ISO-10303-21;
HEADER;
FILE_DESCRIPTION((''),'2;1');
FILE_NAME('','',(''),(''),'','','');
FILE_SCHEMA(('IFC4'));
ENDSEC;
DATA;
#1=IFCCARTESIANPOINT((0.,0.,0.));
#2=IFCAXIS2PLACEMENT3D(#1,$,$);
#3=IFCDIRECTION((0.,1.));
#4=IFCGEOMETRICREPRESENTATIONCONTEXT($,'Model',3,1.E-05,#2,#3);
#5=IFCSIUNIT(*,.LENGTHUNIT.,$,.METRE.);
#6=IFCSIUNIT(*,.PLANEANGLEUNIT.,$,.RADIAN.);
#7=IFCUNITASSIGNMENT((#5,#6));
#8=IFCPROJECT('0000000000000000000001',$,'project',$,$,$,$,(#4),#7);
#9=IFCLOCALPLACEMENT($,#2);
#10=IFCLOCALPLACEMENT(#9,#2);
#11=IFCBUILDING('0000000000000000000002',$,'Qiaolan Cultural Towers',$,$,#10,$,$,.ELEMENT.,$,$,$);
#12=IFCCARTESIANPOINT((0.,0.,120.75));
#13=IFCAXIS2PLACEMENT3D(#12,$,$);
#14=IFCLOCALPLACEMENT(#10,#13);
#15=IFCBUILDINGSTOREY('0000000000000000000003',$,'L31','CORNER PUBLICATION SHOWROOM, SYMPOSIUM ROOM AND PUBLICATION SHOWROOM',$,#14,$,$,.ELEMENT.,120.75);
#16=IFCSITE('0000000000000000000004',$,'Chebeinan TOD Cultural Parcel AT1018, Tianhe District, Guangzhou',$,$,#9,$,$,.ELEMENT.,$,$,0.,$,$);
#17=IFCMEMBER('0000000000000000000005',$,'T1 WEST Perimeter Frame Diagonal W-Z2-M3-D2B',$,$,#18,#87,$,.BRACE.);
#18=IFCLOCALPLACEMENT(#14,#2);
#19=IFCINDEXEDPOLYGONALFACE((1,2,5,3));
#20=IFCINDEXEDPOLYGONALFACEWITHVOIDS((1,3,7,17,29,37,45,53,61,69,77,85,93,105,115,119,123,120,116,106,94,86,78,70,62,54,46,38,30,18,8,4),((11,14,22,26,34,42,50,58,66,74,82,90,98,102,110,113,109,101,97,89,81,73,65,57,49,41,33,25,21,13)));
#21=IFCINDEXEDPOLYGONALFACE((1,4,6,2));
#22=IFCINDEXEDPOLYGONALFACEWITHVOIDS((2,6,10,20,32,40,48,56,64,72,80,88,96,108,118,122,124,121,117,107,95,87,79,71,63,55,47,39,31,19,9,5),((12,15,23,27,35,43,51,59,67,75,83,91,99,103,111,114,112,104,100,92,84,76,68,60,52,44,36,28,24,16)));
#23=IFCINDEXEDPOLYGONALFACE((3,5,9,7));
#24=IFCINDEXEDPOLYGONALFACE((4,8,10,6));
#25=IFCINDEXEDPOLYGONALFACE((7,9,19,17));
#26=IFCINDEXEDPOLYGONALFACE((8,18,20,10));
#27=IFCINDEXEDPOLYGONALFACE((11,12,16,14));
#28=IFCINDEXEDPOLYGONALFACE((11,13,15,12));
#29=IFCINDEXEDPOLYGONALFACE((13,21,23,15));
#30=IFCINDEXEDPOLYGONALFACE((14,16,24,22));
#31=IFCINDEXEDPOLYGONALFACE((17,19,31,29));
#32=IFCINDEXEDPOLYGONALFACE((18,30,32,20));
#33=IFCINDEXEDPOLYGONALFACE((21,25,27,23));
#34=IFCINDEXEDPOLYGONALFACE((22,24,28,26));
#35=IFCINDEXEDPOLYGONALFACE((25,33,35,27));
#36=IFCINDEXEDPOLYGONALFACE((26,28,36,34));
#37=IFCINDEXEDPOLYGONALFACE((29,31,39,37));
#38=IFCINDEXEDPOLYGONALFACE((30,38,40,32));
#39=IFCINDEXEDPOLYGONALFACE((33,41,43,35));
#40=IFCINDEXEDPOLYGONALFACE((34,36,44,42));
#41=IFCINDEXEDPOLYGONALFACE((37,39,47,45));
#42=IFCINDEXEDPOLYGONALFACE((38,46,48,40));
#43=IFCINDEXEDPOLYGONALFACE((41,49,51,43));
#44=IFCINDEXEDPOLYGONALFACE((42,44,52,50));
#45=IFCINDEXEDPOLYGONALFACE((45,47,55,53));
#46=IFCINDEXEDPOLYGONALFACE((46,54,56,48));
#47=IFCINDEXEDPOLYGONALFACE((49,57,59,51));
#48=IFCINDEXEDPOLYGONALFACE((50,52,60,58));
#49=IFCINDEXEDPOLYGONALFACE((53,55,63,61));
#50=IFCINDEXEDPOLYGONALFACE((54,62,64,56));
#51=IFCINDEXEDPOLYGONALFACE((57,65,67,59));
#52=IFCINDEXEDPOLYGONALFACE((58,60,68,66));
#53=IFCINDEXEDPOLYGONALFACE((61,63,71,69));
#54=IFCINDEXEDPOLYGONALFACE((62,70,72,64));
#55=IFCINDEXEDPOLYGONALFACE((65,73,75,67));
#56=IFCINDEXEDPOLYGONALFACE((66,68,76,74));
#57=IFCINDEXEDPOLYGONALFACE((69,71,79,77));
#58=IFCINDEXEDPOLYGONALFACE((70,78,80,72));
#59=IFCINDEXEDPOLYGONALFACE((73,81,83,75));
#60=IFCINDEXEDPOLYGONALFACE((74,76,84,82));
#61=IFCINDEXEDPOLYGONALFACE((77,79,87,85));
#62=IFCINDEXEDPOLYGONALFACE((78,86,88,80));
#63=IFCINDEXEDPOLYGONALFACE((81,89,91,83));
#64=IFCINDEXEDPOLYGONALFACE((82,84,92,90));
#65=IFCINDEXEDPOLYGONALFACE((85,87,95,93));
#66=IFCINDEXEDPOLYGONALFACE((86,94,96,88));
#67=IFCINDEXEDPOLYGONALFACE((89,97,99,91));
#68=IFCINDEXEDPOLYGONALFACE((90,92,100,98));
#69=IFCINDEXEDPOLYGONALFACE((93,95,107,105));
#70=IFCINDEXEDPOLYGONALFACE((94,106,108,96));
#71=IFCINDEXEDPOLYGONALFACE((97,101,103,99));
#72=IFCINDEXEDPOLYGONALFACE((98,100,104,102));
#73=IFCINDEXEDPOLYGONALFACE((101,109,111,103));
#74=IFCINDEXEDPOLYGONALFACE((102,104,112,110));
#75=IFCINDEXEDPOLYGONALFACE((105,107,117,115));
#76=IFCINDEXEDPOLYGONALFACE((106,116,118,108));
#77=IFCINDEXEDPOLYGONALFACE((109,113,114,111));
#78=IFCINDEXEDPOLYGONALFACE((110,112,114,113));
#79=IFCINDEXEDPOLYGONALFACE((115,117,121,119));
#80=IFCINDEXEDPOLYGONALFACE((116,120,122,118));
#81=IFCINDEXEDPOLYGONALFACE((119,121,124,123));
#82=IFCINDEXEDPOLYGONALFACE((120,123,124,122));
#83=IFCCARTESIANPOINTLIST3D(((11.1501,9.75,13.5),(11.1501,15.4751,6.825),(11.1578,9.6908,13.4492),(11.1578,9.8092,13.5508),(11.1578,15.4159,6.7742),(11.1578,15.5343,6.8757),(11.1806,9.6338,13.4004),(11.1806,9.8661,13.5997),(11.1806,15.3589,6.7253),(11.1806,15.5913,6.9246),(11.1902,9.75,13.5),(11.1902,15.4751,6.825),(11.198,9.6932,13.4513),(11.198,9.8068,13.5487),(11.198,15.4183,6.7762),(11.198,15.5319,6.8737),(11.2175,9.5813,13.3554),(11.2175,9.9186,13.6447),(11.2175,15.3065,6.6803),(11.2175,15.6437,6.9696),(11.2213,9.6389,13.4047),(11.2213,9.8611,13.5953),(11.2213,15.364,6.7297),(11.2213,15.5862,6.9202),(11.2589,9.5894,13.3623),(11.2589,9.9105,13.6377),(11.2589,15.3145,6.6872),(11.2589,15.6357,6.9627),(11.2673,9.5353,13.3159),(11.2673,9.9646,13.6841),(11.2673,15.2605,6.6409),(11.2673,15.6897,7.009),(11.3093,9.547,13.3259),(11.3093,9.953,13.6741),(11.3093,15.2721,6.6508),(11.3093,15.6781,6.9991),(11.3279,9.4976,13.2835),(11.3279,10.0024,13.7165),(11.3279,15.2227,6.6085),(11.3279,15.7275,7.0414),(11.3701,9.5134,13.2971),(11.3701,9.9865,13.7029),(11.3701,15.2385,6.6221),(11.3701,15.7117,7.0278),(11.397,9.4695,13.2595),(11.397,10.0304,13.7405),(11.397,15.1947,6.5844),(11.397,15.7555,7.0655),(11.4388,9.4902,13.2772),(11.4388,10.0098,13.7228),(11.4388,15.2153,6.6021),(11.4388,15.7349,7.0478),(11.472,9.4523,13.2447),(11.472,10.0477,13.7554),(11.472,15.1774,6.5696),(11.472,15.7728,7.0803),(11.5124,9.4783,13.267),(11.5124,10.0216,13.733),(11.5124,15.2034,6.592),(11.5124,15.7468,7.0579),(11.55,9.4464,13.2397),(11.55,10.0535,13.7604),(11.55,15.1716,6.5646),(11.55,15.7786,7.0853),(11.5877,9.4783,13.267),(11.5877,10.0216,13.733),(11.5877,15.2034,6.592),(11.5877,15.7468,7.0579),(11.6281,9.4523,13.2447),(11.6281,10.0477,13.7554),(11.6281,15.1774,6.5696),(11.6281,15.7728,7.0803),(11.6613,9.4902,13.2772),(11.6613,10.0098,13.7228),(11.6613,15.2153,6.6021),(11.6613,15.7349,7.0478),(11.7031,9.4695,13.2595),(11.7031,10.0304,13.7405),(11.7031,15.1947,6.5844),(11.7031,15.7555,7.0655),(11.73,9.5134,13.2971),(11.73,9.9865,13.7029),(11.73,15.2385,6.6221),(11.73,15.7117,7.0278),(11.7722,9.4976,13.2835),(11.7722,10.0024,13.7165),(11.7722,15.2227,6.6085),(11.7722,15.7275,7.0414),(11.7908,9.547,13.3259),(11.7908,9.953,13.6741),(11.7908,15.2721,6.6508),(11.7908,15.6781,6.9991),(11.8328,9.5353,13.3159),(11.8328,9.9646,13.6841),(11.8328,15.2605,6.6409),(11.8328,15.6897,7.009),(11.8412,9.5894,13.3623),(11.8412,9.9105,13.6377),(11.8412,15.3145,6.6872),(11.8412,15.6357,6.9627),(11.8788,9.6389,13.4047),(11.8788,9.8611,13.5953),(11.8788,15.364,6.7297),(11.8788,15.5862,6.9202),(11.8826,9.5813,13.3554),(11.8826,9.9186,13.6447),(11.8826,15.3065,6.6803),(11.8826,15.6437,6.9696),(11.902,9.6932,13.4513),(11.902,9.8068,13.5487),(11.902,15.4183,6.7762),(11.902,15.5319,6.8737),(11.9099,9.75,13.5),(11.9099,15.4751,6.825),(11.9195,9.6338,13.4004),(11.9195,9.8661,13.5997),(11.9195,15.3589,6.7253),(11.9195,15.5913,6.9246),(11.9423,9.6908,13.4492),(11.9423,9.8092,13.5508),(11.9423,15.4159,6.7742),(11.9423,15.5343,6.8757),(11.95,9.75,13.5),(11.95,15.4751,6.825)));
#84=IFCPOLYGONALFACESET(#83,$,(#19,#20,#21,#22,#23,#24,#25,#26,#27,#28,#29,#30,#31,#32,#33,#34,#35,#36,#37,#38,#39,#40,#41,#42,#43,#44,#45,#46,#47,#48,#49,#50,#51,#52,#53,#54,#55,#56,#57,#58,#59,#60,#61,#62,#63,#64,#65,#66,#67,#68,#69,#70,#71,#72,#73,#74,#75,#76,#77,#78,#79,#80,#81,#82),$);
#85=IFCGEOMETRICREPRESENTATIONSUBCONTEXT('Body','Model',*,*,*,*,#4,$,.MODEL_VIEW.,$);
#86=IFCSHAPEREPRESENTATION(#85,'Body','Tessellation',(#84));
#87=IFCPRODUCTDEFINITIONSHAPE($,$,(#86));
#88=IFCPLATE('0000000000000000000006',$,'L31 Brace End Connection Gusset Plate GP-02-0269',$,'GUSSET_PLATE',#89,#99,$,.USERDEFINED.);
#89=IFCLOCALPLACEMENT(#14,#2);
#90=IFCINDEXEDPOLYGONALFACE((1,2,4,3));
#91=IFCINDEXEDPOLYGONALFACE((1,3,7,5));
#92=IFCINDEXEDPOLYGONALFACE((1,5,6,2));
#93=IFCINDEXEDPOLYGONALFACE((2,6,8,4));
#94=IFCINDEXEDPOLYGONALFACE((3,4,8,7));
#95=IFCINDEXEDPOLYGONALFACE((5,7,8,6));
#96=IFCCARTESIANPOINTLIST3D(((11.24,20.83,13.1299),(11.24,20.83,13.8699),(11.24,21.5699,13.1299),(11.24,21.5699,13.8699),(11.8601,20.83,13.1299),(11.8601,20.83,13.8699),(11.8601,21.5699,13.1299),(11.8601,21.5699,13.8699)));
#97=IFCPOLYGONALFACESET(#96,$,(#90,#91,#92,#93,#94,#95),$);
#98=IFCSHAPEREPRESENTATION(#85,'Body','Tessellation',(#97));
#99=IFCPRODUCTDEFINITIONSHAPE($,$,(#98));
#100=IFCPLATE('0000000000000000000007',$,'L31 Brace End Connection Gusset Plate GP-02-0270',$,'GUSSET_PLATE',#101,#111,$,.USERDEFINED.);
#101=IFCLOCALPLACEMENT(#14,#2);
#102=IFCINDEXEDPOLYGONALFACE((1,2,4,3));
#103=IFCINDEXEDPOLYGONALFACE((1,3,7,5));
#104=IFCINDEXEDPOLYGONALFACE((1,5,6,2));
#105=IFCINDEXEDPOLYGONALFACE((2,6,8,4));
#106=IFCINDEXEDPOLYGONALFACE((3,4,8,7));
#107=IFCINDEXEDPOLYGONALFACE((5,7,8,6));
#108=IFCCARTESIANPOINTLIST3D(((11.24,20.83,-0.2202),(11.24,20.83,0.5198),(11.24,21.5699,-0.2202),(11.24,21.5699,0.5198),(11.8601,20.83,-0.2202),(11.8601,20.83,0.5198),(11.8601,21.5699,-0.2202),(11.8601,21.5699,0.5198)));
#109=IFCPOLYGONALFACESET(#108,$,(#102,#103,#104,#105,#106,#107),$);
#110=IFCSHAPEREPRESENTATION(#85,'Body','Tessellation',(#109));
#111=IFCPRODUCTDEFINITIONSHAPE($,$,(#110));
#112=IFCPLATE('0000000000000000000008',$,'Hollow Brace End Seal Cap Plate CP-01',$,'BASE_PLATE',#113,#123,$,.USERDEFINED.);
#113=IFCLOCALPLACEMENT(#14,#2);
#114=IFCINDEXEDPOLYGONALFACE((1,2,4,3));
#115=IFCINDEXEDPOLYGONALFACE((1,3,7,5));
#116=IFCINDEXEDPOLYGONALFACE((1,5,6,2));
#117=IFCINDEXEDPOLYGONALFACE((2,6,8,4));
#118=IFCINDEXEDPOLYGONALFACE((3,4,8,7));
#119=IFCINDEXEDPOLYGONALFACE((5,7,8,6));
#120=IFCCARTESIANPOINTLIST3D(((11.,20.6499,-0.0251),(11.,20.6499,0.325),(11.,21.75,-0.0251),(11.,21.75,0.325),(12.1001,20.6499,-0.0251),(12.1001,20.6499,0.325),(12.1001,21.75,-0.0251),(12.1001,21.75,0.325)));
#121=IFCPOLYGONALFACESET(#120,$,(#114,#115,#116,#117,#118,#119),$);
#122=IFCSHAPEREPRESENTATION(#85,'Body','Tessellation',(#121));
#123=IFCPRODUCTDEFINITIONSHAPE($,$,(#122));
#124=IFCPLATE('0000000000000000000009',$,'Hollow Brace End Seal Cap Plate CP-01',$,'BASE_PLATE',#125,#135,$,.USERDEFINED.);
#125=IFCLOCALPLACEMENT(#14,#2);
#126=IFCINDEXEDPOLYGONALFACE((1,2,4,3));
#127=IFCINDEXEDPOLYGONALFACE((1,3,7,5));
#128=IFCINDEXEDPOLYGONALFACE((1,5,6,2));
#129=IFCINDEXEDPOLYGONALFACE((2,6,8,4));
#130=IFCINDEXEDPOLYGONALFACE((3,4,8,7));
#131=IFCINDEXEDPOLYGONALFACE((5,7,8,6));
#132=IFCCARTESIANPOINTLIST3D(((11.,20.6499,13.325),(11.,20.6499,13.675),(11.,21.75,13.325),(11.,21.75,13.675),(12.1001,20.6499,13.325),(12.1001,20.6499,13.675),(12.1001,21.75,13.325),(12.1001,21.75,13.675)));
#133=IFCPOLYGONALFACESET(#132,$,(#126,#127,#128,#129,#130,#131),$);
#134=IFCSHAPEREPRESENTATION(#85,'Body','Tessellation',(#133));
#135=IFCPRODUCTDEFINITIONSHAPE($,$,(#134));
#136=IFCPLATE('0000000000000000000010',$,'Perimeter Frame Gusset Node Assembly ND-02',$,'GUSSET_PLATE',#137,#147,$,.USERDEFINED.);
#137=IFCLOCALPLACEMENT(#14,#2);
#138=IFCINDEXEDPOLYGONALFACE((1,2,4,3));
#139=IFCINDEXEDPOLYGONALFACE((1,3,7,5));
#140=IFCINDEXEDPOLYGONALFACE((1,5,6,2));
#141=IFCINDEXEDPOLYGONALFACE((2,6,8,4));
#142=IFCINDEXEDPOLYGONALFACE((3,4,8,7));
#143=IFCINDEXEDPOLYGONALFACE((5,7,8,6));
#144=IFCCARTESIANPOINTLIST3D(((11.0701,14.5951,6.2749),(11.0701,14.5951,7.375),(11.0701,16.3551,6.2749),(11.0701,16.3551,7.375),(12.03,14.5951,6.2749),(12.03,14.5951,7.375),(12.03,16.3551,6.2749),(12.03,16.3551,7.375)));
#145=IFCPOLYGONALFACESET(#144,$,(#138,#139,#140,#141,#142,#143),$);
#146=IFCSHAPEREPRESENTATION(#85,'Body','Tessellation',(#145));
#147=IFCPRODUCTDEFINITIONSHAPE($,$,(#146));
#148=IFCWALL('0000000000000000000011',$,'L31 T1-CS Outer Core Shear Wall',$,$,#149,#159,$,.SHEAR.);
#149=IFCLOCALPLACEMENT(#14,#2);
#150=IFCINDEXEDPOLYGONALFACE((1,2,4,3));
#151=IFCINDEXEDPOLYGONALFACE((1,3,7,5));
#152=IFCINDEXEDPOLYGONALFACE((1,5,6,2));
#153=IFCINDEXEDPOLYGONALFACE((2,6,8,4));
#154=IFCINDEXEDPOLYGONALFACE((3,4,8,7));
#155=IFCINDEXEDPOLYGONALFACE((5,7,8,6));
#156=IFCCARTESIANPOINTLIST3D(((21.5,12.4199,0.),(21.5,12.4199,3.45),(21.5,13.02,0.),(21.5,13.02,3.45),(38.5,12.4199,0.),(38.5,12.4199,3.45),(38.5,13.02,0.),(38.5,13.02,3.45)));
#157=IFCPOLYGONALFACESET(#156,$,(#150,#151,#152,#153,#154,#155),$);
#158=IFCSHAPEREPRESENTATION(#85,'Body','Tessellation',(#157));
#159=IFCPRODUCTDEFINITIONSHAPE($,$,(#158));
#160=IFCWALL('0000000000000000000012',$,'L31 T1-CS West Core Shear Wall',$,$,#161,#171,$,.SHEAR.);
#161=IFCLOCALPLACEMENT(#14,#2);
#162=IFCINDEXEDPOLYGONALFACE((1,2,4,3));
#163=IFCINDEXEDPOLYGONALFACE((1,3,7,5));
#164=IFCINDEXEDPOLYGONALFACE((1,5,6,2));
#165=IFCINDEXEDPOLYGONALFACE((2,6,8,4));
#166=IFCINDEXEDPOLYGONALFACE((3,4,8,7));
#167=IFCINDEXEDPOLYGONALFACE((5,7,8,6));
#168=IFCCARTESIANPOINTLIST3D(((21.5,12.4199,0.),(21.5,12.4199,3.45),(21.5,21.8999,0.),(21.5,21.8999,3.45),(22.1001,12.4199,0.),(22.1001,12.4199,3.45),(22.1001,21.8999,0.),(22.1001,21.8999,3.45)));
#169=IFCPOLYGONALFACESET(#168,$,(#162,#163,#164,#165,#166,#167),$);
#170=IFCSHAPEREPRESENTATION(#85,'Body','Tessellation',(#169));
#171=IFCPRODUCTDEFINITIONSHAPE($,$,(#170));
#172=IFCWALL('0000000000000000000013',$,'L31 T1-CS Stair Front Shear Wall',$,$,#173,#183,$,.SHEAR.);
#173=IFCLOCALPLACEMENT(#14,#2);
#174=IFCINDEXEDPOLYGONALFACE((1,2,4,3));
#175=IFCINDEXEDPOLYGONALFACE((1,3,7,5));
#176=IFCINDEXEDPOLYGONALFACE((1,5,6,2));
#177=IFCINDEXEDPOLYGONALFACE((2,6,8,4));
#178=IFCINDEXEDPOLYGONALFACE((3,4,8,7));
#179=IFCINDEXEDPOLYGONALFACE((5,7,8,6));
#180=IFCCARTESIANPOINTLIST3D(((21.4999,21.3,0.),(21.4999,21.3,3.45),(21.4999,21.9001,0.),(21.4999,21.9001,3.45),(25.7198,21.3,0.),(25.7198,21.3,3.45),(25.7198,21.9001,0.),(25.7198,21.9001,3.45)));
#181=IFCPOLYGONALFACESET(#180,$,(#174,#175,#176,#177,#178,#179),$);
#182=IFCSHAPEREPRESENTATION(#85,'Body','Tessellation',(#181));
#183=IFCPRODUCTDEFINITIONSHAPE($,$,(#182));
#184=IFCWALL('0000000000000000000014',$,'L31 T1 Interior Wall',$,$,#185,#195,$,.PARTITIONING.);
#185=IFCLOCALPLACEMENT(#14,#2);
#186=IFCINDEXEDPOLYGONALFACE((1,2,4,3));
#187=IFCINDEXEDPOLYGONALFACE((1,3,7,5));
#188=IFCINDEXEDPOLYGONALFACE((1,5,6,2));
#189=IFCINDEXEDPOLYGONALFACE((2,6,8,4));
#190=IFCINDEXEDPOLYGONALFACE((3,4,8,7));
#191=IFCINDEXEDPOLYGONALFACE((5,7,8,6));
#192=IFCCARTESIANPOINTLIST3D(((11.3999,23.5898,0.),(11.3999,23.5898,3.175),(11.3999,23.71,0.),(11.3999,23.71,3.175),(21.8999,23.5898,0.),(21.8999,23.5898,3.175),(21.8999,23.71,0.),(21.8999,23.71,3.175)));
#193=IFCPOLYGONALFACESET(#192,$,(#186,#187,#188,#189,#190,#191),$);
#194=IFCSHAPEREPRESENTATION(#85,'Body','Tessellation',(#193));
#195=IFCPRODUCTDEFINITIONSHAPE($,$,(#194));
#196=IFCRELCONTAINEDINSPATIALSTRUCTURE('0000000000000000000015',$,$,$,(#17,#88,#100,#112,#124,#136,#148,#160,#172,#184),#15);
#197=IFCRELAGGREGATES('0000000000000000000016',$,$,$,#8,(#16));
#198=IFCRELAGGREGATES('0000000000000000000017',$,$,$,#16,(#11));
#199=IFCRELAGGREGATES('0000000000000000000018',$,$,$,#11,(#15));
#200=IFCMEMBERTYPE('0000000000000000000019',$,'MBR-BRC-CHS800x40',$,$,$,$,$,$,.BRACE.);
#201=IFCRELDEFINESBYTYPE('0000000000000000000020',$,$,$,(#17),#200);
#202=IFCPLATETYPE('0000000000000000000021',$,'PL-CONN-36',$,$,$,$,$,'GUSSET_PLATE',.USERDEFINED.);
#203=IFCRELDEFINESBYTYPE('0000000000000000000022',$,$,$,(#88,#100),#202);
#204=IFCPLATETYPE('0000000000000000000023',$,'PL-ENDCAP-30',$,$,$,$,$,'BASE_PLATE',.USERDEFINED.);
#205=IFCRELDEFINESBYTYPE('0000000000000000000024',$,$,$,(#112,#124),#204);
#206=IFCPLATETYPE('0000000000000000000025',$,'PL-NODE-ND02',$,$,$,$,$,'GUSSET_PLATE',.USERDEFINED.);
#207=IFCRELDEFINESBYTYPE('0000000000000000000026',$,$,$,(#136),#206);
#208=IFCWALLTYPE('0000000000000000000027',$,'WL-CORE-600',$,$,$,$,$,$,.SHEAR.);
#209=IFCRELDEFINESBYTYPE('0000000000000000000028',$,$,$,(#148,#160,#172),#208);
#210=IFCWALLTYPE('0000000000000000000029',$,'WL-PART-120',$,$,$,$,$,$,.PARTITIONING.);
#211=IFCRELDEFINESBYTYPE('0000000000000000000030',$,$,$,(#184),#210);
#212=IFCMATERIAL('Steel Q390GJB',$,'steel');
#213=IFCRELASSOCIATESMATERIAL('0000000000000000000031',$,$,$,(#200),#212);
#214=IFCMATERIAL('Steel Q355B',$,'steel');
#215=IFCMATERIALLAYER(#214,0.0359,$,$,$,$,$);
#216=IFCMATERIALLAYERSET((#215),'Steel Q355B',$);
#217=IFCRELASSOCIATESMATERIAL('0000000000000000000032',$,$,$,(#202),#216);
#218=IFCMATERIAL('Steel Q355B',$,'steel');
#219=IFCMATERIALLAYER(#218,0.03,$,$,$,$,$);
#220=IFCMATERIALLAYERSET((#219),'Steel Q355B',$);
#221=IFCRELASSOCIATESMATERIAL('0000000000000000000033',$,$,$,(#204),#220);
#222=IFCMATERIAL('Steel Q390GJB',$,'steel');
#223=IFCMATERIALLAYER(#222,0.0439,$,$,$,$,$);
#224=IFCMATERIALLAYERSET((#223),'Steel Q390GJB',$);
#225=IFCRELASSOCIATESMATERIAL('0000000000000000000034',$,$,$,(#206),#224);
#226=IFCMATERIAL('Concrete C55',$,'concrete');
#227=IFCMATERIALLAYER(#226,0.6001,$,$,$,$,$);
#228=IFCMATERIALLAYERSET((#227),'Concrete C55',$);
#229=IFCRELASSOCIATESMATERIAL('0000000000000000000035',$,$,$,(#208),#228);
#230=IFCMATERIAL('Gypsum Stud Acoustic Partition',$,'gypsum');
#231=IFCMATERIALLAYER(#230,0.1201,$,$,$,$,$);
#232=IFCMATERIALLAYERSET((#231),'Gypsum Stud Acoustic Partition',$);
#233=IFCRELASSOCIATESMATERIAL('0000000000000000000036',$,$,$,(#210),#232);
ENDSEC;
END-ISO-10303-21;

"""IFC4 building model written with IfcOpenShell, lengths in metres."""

from ifc_helpers import new_model, si_unit, direction, frame, frame_2d, origin, origin_2d, place, context, subcontext, project, spatial, rectangle, hollow_circle, extrude, material, layer, layer_set, material_profile, profile_set, type_object, element, save


model = new_model("IFC4")

# Units and contexts
model_context = context("Model", 3, precision=1e-05, world=origin(), true_north=direction((0.0, 1.0)))
body_context = subcontext(model_context, "Body", "Model", "MODEL_VIEW")
ifc_project = project(units=[si_unit("LENGTHUNIT", "METRE"), si_unit("PLANEANGLEUNIT", "RADIAN")], contexts=[model_context])

# Site, building, storey
site_placement = place(None, origin())
site = spatial("IfcSite", under=ifc_project, at=site_placement, Name="Chebeinan TOD Cultural Parcel AT1018, Tianhe District, Guangzhou", CompositionType="ELEMENT", RefElevation=0.0)
building_placement = place(site_placement, origin())
building = spatial("IfcBuilding", under=site, at=building_placement, Name="Qiaolan Cultural Towers", CompositionType="ELEMENT")
storey_placement = place(building_placement, frame((0.0, 0.0, 120.75)))
storey = spatial("IfcBuildingStorey", under=building, at=storey_placement, Name="L31", Description="CORNER PUBLICATION SHOWROOM, SYMPOSIUM ROOM AND PUBLICATION SHOWROOM", CompositionType="ELEMENT", Elevation=120.75)

# Member
ifc_material_1 = material(Name="Steel Q390GJB", Category="steel")
ifc_material_profile_1 = material_profile(ifc_material_1, hollow_circle(Radius=0.3999, WallThickness=0.04, at=origin_2d()), Name="CHS800x40")
ifc_profile_set_1 = profile_set([ifc_material_profile_1], Name="Steel Q390GJB")
member_type = type_object("IfcMemberType", Name="MBR-BRC-CHS800x40", PredefinedType="BRACE", material=ifc_profile_set_1)
member_placement = place(storey_placement, frame((11.55, 15.4751, 6.825), z_axis=(0.0, -0.651029, 0.759053), x_axis=(1.0, 0.0, 0.0)))
element("IfcMember", 1, at=member_placement, inside=storey, type_object=member_type, Name="T1 WEST Perimeter Frame Diagonal W-Z2-M3-D2B", PredefinedType="BRACE", context=body_context, shape_type="SweptSolid", body=[
    extrude(hollow_circle(Radius=0.3999, WallThickness=0.04, at=origin_2d()), origin(), (0.0, 0.0, 1.0), 8.7939),
])

# Plates
ifc_material_2 = material(Name="Steel Q355B", Category="steel")
ifc_layer_1 = layer(ifc_material_2, 0.0359)
ifc_layer_set_1 = layer_set([ifc_layer_1], Name="Steel Q355B")
plate_type_1 = type_object("IfcPlateType", Name="PL-CONN-36", ElementType="GUSSET_PLATE", PredefinedType="USERDEFINED", material=ifc_layer_set_1)
for number, where, z_axis, x_axis, name in (
    (2, (11.55, 21.2, 13.1299), (0.0, 0.0, 1.0), (0.0, 1.0, 0.0), "L31 Brace End Connection Gusset Plate GP-02-0269"),
    (3, (11.55, 21.2, -0.2202), (0.0, 0.0, 1.0), (0.0, 1.0, 0.0), "L31 Brace End Connection Gusset Plate GP-02-0270"),
):
    element("IfcPlate", number, at=place(storey_placement, frame(where, z_axis=z_axis, x_axis=x_axis)), inside=storey, type_object=plate_type_1, Name=name, ObjectType="GUSSET_PLATE", PredefinedType="USERDEFINED", context=body_context, shape_type="SweptSolid", body=[
        extrude(rectangle(XDim=0.74, YDim=0.6201, at=origin_2d()), origin(), (0.0, 0.0, 1.0), 0.74),
    ])
ifc_material_3 = material(Name="Steel Q355B", Category="steel")
ifc_layer_2 = layer(ifc_material_3, 0.03)
ifc_layer_set_2 = layer_set([ifc_layer_2], Name="Steel Q355B")
plate_type_2 = type_object("IfcPlateType", Name="PL-ENDCAP-30", ElementType="BASE_PLATE", PredefinedType="USERDEFINED", material=ifc_layer_set_2)
for number, where, z_axis, x_axis, name in (
    (4, (11.55, 21.2, -0.0251), (0.0, 0.0, 1.0), (0.0, 1.0, 0.0), "Hollow Brace End Seal Cap Plate CP-01"),
    (5, (11.55, 21.2, 13.325), (0.0, 0.0, 1.0), (0.0, 1.0, 0.0), "Hollow Brace End Seal Cap Plate CP-01"),
):
    element("IfcPlate", number, at=place(storey_placement, frame(where, z_axis=z_axis, x_axis=x_axis)), inside=storey, type_object=plate_type_2, Name=name, ObjectType="BASE_PLATE", PredefinedType="USERDEFINED", context=body_context, shape_type="SweptSolid", body=[
        extrude(rectangle(XDim=1.1001, YDim=1.1001, at=origin_2d()), origin(), (0.0, 0.0, 1.0), 0.3501),
    ])
ifc_material_4 = material(Name="Steel Q390GJB", Category="steel")
ifc_layer_3 = layer(ifc_material_4, 0.0439)
ifc_layer_set_3 = layer_set([ifc_layer_3], Name="Steel Q390GJB")
plate_type_3 = type_object("IfcPlateType", Name="PL-NODE-ND02", ElementType="GUSSET_PLATE", PredefinedType="USERDEFINED", material=ifc_layer_set_3)
plate_placement = place(storey_placement, frame((11.55, 15.4751, 6.2749), z_axis=(0.0, 0.0, 1.0), x_axis=(0.0, 1.0, 0.0)))
element("IfcPlate", 6, at=plate_placement, inside=storey, type_object=plate_type_3, Name="Perimeter Frame Gusset Node Assembly ND-02", ObjectType="GUSSET_PLATE", PredefinedType="USERDEFINED", context=body_context, shape_type="SweptSolid", body=[
    extrude(rectangle(XDim=1.76, YDim=0.96, at=origin_2d()), origin(), (0.0, 0.0, 1.0), 1.1001),
])

# Walls
ifc_material_5 = material(Name="Concrete C55", Category="concrete")
ifc_layer_4 = layer(ifc_material_5, 0.6001)
ifc_layer_set_4 = layer_set([ifc_layer_4], Name="Concrete C55")
wall_type_1 = type_object("IfcWallType", Name="WL-CORE-600", PredefinedType="SHEAR", material=ifc_layer_set_4)
wall_1_placement = place(storey_placement, frame((21.5, 12.72, 0.0), z_axis=(0.0, 0.0, 1.0), x_axis=(1.0, 0.0, 0.0)))
element("IfcWall", 7, at=wall_1_placement, inside=storey, type_object=wall_type_1, Name="L31 T1-CS Outer Core Shear Wall", PredefinedType="SHEAR", context=body_context, shape_type="SweptSolid", body=[
    extrude(rectangle(XDim=17.0, YDim=0.6001, at=frame_2d((8.5, 0.0))), origin(), (0.0, 0.0, 1.0), 3.45),
])
wall_2_placement = place(storey_placement, frame((21.8, 21.8999, 0.0), z_axis=(0.0, 0.0, 1.0), x_axis=(0.0, -1.0, 0.0)))
element("IfcWall", 8, at=wall_2_placement, inside=storey, type_object=wall_type_1, Name="L31 T1-CS West Core Shear Wall", PredefinedType="SHEAR", context=body_context, shape_type="SweptSolid", body=[
    extrude(rectangle(XDim=9.48, YDim=0.6001, at=frame_2d((4.74, 0.0))), origin(), (0.0, 0.0, 1.0), 3.45),
])
wall_3_placement = place(storey_placement, frame((21.5, 21.6001, 0.0), z_axis=(0.0, 0.0, 1.0), x_axis=(1.0, 0.0, 0.0)))
element("IfcWall", 9, at=wall_3_placement, inside=storey, type_object=wall_type_1, Name="L31 T1-CS Stair Front Shear Wall", PredefinedType="SHEAR", context=body_context, shape_type="SweptSolid", body=[
    extrude(rectangle(XDim=4.22, YDim=0.6001, at=frame_2d((2.1099, 0.0))), origin(), (0.0, 0.0, 1.0), 3.45),
])
ifc_material_6 = material(Name="Gypsum Stud Acoustic Partition", Category="gypsum")
ifc_layer_5 = layer(ifc_material_6, 0.1201)
ifc_layer_set_5 = layer_set([ifc_layer_5], Name="Gypsum Stud Acoustic Partition")
wall_type_2 = type_object("IfcWallType", Name="WL-PART-120", PredefinedType="PARTITIONING", material=ifc_layer_set_5)
wall_4_placement = place(storey_placement, frame((11.3999, 23.6499, 0.0), z_axis=(0.0, 0.0, 1.0), x_axis=(1.0, 0.0, 0.0)))
element("IfcWall", 10, at=wall_4_placement, inside=storey, type_object=wall_type_2, Name="L31 T1 Interior Wall", PredefinedType="PARTITIONING", context=body_context, shape_type="SweptSolid", body=[
    extrude(rectangle(XDim=10.5, YDim=0.1201, at=frame_2d((5.25, 0.0))), origin(), (0.0, 0.0, 1.0), 3.175),
])

save(model, "model.ifc")
